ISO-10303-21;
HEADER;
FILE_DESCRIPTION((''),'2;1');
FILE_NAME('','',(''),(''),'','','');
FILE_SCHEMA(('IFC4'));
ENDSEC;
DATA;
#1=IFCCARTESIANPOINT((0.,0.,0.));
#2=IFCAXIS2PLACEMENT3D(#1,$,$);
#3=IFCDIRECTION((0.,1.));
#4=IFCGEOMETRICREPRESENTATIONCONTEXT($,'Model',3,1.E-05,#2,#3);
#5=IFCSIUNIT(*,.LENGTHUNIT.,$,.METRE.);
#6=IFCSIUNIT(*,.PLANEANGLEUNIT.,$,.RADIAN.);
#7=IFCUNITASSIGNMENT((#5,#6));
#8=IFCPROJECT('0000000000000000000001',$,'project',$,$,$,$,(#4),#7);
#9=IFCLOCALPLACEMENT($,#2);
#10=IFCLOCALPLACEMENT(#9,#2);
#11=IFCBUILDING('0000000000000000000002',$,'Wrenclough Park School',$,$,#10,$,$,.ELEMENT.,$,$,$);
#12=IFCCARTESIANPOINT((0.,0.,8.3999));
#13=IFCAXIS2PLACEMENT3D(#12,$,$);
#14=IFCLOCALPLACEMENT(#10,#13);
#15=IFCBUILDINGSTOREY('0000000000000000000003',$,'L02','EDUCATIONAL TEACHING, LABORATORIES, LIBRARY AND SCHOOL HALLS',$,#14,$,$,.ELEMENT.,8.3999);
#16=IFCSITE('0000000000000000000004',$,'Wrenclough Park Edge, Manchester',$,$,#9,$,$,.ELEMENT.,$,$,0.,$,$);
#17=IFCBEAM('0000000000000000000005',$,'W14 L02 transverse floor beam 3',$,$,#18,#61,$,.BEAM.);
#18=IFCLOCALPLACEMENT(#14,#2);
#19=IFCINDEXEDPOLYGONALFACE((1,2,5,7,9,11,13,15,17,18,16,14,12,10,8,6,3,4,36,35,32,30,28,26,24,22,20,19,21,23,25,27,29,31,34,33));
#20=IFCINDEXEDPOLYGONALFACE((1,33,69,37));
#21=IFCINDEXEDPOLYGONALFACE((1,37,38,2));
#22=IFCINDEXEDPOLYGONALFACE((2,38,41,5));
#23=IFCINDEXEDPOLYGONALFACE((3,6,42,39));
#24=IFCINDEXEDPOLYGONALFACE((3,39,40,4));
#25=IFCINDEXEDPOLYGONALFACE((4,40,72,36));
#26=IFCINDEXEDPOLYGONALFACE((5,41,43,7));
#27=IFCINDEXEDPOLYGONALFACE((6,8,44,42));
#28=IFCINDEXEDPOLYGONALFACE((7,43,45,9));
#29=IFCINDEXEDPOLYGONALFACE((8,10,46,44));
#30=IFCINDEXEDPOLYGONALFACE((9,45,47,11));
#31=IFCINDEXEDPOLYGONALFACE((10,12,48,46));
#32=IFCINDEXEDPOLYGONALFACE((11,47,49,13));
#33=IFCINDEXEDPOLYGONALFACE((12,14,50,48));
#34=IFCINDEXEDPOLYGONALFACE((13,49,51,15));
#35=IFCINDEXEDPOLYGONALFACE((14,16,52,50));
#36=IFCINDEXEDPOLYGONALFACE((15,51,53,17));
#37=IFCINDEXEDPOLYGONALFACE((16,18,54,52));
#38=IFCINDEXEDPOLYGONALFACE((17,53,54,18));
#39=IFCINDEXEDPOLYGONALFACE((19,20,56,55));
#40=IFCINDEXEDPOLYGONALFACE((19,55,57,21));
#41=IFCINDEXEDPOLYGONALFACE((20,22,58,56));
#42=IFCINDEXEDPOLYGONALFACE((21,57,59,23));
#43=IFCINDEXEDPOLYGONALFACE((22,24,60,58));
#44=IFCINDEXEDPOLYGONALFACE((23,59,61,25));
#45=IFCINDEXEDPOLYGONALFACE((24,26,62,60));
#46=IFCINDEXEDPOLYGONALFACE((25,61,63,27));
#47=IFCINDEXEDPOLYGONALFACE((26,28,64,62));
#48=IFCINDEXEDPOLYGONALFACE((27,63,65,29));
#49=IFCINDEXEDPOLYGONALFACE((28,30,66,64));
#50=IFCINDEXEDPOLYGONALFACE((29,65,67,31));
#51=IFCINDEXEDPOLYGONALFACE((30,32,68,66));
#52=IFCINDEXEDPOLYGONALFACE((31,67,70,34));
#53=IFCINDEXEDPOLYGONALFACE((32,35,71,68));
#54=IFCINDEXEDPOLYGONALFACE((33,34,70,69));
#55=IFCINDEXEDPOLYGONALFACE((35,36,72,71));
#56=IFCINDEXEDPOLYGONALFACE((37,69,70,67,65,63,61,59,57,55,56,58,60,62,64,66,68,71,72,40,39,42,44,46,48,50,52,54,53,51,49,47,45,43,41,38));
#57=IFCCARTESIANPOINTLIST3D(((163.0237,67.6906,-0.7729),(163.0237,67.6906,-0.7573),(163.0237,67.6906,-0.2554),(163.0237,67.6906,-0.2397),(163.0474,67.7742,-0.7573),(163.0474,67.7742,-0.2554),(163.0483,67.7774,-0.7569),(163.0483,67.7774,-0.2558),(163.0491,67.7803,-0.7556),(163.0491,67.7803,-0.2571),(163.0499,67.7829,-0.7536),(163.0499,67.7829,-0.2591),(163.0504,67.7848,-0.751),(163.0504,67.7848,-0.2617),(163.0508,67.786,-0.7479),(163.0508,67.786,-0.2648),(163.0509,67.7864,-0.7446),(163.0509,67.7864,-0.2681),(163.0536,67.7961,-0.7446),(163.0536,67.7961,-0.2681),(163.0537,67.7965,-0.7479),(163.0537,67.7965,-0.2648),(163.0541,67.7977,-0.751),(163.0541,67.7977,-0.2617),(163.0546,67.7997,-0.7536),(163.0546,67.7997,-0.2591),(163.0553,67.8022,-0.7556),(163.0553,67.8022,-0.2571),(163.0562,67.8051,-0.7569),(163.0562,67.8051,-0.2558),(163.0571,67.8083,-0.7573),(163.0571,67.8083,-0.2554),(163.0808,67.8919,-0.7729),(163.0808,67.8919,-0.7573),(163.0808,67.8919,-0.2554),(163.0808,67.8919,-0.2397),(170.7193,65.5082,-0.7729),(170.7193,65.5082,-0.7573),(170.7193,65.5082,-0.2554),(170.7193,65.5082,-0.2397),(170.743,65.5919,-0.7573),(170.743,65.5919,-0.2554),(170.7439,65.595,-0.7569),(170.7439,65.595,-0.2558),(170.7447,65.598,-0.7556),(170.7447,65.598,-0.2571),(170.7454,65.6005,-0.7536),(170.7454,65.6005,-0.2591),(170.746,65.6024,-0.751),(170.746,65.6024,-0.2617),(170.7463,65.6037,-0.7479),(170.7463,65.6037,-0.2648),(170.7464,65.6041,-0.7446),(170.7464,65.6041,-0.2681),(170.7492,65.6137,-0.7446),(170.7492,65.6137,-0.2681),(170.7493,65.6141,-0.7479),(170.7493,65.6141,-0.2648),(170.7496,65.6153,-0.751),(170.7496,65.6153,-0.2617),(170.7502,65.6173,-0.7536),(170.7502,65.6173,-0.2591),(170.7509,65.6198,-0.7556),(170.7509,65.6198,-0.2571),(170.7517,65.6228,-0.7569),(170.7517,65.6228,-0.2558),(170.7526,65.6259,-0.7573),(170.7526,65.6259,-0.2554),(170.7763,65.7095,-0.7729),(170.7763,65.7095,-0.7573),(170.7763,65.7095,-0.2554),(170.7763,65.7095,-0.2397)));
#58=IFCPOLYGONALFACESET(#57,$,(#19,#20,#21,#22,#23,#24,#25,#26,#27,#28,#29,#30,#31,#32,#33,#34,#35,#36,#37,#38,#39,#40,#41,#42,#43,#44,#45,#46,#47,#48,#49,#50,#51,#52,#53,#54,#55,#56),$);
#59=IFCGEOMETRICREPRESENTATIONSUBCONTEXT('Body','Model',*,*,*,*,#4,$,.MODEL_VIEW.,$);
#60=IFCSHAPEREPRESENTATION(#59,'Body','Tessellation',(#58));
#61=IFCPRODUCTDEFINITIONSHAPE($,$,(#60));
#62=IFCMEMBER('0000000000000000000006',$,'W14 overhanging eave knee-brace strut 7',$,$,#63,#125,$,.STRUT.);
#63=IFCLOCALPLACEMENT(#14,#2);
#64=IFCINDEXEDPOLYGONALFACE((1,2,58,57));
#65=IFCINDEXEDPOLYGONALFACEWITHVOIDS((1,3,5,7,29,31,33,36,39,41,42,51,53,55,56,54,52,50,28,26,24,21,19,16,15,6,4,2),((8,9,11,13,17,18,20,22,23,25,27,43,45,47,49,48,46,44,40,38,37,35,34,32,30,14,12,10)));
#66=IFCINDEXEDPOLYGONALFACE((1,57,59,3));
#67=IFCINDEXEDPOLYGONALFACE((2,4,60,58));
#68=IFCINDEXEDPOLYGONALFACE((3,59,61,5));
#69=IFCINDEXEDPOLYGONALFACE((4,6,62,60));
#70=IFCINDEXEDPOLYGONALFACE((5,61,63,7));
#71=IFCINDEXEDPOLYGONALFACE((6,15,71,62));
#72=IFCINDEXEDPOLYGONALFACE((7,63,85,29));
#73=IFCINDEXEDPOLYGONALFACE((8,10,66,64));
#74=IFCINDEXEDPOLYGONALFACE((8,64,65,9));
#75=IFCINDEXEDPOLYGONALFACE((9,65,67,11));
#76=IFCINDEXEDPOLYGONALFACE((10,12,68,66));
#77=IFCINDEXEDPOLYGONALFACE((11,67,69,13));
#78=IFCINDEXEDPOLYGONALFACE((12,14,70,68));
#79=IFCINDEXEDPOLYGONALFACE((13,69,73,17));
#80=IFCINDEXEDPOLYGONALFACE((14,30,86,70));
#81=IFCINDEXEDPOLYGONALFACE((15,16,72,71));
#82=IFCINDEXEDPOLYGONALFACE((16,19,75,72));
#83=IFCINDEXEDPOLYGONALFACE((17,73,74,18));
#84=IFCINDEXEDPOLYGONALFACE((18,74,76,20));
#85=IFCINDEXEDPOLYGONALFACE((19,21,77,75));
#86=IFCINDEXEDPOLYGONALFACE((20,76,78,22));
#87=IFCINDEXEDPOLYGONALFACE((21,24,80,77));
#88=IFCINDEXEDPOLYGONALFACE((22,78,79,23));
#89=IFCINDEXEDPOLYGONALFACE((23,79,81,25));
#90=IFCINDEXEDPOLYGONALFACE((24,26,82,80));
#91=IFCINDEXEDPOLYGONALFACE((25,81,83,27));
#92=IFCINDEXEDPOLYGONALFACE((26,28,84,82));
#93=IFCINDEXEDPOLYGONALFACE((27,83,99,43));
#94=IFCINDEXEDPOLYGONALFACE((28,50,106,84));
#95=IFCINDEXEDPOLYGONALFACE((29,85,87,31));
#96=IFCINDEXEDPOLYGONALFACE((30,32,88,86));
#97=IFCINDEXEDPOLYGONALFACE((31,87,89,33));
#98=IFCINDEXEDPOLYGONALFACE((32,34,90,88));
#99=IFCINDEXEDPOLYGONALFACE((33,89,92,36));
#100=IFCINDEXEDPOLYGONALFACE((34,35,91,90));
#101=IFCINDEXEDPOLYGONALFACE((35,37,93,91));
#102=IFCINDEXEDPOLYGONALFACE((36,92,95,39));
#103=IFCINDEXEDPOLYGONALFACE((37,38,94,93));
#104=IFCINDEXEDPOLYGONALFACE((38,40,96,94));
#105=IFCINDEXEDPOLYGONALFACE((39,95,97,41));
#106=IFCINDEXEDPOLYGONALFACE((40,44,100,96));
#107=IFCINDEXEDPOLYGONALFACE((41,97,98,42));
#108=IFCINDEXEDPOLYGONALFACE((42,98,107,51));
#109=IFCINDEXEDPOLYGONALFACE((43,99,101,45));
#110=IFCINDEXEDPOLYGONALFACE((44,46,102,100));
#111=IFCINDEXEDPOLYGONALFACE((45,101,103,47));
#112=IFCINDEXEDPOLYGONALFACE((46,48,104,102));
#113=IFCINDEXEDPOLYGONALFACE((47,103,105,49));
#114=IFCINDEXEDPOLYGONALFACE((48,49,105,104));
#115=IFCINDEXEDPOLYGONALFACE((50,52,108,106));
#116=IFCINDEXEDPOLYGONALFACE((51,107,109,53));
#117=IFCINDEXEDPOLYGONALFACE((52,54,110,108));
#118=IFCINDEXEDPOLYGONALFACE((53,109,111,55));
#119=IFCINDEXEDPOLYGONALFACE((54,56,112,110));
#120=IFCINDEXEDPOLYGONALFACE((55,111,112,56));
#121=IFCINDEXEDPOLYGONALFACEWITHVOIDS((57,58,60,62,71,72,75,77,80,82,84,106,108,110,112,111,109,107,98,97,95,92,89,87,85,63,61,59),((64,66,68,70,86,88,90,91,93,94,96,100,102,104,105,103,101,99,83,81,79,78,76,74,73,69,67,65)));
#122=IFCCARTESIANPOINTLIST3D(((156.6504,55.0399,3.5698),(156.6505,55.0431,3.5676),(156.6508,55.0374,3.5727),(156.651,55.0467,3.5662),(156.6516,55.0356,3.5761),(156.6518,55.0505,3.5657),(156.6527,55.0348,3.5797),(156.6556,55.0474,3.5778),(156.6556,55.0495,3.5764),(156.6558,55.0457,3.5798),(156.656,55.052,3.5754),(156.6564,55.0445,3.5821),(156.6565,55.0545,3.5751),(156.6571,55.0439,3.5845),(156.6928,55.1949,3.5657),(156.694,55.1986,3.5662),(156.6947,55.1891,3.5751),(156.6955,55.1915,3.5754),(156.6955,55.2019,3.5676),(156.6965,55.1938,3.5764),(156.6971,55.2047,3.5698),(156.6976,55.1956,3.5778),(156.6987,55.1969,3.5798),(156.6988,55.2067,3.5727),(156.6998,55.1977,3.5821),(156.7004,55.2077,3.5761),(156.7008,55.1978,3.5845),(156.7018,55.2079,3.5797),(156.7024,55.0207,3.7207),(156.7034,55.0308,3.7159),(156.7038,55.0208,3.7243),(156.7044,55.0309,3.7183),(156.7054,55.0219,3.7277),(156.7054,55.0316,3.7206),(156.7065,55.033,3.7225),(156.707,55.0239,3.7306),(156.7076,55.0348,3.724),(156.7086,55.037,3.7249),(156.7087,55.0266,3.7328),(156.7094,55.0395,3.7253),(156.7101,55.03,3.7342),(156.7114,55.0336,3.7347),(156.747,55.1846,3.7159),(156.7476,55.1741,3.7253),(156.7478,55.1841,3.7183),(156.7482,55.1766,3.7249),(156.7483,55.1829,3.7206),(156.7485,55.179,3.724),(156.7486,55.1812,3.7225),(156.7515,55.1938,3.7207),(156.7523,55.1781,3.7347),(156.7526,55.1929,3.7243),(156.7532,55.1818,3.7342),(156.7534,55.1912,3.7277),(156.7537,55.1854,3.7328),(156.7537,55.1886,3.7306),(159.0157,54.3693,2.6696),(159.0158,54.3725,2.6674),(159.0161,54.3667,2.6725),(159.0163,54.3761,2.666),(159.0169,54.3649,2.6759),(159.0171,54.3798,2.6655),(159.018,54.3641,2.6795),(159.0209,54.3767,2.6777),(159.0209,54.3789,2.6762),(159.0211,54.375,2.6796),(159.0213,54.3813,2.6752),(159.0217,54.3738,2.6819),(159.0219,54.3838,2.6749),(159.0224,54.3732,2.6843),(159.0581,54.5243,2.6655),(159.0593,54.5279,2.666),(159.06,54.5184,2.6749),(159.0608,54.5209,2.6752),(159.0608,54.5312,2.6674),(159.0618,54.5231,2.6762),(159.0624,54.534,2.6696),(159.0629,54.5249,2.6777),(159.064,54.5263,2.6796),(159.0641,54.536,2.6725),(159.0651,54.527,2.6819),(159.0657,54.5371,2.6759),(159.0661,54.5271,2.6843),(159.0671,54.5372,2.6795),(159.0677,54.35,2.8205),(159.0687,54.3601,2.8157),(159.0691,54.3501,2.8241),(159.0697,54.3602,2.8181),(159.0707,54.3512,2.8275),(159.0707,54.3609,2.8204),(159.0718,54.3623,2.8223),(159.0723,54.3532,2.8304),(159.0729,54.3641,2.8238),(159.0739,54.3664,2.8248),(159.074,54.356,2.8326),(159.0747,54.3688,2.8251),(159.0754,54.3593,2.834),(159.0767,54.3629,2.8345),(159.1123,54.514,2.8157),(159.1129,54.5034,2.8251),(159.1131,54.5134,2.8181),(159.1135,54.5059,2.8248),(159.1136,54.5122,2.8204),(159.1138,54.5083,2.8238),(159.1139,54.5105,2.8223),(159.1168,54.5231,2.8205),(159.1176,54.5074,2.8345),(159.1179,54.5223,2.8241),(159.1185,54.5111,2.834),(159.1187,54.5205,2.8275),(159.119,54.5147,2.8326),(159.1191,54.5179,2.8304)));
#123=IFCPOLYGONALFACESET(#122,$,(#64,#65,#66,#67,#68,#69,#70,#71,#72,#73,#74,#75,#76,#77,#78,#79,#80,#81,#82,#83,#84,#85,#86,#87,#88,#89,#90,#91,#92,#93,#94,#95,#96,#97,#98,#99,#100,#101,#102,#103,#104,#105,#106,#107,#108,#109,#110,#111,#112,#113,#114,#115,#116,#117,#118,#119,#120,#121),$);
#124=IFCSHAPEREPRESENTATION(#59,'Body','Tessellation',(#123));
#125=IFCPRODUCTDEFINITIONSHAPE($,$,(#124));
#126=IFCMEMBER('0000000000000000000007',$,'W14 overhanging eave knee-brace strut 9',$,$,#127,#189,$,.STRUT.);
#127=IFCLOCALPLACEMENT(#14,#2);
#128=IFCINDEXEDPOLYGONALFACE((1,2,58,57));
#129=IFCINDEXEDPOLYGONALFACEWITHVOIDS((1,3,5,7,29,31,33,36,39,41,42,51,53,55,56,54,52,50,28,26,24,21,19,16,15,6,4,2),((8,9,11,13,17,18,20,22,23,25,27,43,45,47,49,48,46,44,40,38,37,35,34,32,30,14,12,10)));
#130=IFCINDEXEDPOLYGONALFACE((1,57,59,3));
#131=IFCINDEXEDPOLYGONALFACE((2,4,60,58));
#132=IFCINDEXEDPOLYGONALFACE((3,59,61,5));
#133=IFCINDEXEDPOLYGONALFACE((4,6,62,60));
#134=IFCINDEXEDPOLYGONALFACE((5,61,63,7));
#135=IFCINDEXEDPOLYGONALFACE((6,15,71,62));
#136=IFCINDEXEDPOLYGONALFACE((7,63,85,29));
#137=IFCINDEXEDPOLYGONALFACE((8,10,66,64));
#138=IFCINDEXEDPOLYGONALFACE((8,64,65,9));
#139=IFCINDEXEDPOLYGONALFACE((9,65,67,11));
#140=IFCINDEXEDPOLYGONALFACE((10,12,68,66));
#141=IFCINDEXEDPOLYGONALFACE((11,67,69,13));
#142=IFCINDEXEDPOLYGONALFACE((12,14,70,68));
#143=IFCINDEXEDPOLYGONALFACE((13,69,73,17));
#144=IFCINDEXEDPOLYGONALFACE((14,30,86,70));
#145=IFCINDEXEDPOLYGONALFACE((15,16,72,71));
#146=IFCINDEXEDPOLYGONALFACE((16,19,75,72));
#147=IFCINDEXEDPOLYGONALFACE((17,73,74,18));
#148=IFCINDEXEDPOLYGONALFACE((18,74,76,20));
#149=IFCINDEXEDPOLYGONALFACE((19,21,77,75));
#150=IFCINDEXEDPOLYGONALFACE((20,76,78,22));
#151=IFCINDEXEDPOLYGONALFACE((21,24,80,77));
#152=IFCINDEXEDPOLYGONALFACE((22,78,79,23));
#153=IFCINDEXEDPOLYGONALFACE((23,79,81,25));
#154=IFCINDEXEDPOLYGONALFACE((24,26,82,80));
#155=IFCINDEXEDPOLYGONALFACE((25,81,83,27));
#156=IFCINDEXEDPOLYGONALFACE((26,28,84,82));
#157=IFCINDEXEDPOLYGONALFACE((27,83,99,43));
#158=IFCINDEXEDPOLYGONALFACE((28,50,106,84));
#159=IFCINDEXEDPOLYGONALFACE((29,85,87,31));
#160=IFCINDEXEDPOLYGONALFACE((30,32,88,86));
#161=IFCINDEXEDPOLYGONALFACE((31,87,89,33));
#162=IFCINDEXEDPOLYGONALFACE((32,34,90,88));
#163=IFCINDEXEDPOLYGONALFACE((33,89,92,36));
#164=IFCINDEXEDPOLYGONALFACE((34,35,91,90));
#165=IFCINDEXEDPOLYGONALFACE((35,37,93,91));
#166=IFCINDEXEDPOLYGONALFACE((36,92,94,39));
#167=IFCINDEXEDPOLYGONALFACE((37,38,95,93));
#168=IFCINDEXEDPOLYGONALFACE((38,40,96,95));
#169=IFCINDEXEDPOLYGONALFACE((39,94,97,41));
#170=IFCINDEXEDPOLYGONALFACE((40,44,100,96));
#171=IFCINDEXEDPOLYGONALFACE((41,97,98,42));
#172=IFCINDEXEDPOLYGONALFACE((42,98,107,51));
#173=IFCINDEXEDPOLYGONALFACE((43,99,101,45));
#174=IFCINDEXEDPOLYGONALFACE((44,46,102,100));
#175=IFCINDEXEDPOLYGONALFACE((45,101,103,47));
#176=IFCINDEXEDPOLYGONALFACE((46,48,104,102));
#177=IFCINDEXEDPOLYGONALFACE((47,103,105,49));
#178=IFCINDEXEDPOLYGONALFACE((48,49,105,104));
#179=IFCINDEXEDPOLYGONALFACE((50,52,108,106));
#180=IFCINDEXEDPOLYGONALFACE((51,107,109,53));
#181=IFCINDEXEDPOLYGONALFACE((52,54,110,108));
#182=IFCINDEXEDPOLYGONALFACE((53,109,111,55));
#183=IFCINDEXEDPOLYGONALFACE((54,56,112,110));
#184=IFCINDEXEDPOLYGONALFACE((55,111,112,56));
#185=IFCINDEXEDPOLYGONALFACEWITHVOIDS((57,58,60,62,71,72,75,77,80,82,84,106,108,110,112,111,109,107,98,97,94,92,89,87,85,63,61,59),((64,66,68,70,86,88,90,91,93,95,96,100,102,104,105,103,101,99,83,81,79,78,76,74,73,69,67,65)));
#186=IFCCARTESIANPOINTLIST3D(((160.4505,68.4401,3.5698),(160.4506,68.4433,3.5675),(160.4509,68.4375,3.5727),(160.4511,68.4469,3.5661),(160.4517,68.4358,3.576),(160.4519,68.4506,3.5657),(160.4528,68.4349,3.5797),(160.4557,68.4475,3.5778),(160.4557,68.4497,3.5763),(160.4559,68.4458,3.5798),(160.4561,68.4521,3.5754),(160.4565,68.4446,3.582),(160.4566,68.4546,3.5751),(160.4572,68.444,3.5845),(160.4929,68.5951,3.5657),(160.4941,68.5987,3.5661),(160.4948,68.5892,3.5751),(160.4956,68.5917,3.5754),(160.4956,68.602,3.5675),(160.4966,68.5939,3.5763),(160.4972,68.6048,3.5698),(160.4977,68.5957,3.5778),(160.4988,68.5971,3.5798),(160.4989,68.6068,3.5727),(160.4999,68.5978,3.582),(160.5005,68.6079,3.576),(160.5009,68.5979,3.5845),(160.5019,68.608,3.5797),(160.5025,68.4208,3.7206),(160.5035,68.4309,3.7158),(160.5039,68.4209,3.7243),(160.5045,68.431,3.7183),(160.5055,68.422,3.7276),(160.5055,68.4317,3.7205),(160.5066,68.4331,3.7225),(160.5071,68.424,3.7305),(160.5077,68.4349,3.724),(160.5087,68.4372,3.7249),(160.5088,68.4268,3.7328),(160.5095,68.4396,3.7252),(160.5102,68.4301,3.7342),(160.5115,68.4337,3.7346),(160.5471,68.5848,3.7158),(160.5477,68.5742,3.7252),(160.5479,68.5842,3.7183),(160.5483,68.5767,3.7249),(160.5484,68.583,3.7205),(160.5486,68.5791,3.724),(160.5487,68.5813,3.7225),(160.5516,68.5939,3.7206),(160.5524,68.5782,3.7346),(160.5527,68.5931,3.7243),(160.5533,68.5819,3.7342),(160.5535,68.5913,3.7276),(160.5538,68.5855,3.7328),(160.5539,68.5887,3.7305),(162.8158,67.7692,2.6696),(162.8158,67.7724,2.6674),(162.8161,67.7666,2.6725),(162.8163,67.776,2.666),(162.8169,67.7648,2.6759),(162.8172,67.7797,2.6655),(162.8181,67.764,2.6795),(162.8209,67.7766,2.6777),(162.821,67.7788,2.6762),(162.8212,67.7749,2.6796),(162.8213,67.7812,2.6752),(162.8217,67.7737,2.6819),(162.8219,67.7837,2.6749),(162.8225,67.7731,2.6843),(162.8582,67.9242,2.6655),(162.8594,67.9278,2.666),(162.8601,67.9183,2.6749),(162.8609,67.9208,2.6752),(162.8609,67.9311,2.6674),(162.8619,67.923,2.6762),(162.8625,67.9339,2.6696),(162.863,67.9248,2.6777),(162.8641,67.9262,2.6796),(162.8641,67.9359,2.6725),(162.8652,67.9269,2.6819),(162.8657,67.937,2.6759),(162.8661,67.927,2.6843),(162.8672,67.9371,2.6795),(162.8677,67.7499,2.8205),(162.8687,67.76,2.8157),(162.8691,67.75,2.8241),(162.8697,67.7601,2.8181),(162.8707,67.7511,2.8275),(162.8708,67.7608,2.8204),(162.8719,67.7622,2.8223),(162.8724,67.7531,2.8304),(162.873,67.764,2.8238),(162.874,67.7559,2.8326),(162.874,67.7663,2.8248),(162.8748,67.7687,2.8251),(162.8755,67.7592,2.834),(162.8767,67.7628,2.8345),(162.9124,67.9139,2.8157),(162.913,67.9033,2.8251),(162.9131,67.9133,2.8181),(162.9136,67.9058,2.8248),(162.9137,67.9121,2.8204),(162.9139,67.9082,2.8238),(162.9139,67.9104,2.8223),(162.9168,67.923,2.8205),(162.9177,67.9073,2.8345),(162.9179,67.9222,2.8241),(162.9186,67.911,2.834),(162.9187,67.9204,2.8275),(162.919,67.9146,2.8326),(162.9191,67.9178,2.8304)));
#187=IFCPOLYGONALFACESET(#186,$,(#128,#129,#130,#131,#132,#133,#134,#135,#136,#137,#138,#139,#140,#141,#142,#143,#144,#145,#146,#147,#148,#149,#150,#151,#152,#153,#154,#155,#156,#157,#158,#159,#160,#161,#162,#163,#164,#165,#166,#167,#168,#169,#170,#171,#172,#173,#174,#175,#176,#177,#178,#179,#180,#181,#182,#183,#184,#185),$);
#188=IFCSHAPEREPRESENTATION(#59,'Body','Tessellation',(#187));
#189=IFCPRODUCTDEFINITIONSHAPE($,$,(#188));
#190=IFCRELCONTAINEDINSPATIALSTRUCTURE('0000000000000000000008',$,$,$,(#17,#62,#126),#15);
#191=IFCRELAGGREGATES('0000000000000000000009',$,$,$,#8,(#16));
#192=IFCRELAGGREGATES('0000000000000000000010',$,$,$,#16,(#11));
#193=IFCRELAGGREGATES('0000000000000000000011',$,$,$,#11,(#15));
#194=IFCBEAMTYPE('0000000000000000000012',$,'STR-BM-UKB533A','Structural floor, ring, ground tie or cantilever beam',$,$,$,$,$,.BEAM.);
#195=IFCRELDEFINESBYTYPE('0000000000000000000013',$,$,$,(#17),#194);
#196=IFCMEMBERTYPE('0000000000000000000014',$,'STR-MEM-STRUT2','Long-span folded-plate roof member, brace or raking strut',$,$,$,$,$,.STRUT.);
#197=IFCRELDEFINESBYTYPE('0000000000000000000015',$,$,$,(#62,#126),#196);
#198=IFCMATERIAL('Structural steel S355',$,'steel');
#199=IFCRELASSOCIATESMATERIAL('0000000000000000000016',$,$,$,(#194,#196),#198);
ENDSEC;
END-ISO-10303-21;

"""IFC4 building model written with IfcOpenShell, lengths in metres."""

from ifc_helpers import new_model, si_unit, direction, frame, origin, origin_2d, place, context, subcontext, project, spatial, hollow_rectangle, i_section, extrude, material, material_profile, profile_set, type_object, element, save


model = new_model("IFC4")

# Units and contexts
model_context = context("Model", 3, precision=1e-05, world=origin(), true_north=direction((0.0, 1.0)))
body_context = subcontext(model_context, "Body", "Model", "MODEL_VIEW")
ifc_project = project(units=[si_unit("LENGTHUNIT", "METRE"), si_unit("PLANEANGLEUNIT", "RADIAN")], contexts=[model_context])

# Site, building, storey
site_placement = place(None, origin())
site = spatial("IfcSite", under=ifc_project, at=site_placement, Name="Wrenclough Park Edge, Manchester", CompositionType="ELEMENT", RefElevation=0.0)
building_placement = place(site_placement, origin())
building = spatial("IfcBuilding", under=site, at=building_placement, Name="Wrenclough Park School", CompositionType="ELEMENT")
storey_placement = place(building_placement, frame((0.0, 0.0, 8.3999)))
storey = spatial("IfcBuildingStorey", under=building, at=storey_placement, Name="L02", Description="EDUCATIONAL TEACHING, LABORATORIES, LIBRARY AND SCHOOL HALLS", CompositionType="ELEMENT", Elevation=8.3999)

# Shared definitions
ifc_material_1 = material(Name="Structural steel S355", Category="steel")

# Beam
ifc_material_profile_1 = material_profile(ifc_material_1, i_section(OverallWidth=0.2092, OverallDepth=0.5332, WebThickness=0.01, FlangeThickness=0.0156, FilletRadius=0.0127, at=origin_2d()), Name="UKB 533x210x92")
ifc_profile_set_1 = profile_set([ifc_material_profile_1], Name="Structural steel S355")
beam_type_1 = type_object("IfcBeamType", Name="STR-BM-UKB533A", Description="Structural floor, ring, ground tie or cantilever beam", PredefinedType="BEAM", material=ifc_profile_set_1)
beam_1_placement = place(storey_placement, frame((163.0522, 67.7913, -0.5063), z_axis=(0.962062, -0.27283, 0.0), x_axis=(0.27283, 0.962062, 0.0)))
element("IfcBeam", 1, at=beam_1_placement, inside=storey, type_object=beam_type_1, Name="W14 L02 transverse floor beam 3", PredefinedType="BEAM", context=body_context, shape_type="SweptSolid", body=[
    extrude(i_section(OverallWidth=0.2092, OverallDepth=0.5332, WebThickness=0.01, FlangeThickness=0.0156, FilletRadius=0.0127, at=origin_2d()), origin(), (0.0, 0.0, 1.0), 7.999),
])

# Members
ifc_material_profile_2 = material_profile(ifc_material_1, hollow_rectangle(XDim=0.1799, YDim=0.1799, WallThickness=0.01, InnerFilletRadius=0.01, OuterFilletRadius=0.0149, at=origin_2d()), Name="SHS 180x180x10.0")
ifc_profile_set_2 = profile_set([ifc_material_profile_2], Name="Structural steel S355")
member_type = type_object("IfcMemberType", Name="STR-MEM-STRUT2", Description="Long-span folded-plate roof member, brace or raking strut", PredefinedType="STRUT", material=ifc_profile_set_2)
for number, where, z_axis, x_axis, name in (
    (2, (159.0674, 54.4436, 2.75), (-0.903421, 0.256162, 0.343819), (-0.272793, -0.962073, 0.0), "W14 overhanging eave knee-brace strut 7"),
    (3, (162.8674, 67.8435, 2.75), (-0.9034, 0.256249, 0.34381), (-0.272884, -0.962047, 0.0), "W14 overhanging eave knee-brace strut 9"),
):
    element("IfcMember", number, at=place(storey_placement, frame(where, z_axis=z_axis, x_axis=x_axis)), inside=storey, type_object=member_type, Name=name, PredefinedType="STRUT", context=body_context, shape_type="SweptSolid", body=[
        extrude(hollow_rectangle(XDim=0.1799, YDim=0.1799, WallThickness=0.01, InnerFilletRadius=0.01, OuterFilletRadius=0.0149, at=origin_2d()), origin(), (0.0, 0.0, 1.0), 2.6182),
    ])

save(model, "model.ifc")
